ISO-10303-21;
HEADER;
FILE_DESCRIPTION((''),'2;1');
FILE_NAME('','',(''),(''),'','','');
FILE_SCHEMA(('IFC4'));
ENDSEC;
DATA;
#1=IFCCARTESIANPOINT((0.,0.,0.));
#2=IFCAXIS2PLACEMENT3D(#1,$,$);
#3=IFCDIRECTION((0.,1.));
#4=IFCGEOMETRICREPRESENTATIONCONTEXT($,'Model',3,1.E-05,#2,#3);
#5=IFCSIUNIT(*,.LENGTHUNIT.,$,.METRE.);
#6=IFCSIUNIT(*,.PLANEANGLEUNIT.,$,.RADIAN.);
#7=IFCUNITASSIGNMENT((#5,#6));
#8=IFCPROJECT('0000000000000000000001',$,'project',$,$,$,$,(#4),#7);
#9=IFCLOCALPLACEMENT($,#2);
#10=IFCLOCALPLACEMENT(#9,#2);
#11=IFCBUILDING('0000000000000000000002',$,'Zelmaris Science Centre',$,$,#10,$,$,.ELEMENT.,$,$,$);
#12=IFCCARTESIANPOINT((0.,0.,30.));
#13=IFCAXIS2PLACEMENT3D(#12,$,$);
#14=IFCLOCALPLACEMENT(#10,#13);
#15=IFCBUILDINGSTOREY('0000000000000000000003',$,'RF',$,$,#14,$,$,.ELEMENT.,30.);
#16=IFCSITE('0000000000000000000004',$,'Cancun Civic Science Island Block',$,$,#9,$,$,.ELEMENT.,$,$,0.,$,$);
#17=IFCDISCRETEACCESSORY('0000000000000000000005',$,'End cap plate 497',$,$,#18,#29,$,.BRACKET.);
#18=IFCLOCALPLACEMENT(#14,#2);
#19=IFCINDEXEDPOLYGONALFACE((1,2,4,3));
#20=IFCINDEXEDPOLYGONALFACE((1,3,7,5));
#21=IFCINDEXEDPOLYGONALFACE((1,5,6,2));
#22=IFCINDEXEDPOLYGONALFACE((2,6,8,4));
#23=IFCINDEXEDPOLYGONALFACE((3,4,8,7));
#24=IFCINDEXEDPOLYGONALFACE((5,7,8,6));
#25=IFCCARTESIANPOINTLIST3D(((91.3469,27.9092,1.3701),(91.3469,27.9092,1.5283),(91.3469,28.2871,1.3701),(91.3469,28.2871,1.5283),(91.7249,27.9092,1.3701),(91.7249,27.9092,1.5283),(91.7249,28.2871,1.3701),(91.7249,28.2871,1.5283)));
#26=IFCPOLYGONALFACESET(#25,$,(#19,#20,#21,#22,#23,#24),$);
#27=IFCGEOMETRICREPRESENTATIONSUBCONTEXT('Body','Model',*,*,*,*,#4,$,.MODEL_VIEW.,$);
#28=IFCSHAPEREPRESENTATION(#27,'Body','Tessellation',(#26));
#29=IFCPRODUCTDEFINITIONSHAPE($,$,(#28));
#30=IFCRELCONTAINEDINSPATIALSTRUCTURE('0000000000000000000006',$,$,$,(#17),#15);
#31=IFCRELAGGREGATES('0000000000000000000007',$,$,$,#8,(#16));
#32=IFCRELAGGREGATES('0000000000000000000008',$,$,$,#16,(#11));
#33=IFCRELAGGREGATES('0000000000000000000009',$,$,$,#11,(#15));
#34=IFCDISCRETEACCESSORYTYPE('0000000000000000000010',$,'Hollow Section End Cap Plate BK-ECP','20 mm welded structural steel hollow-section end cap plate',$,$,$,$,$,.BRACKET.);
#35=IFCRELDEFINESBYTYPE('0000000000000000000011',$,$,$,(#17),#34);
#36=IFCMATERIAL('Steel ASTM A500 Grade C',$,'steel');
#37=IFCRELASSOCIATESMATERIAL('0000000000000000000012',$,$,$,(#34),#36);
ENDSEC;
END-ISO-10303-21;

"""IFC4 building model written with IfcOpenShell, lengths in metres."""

from ifc_helpers import new_model, si_unit, direction, frame, origin, place, context, subcontext, project, spatial, polyline, outline, extrude, material, type_object, element, save


model = new_model("IFC4")

# Units and contexts
model_context = context("Model", 3, precision=1e-05, world=origin(), true_north=direction((0.0, 1.0)))
body_context = subcontext(model_context, "Body", "Model", "MODEL_VIEW")
ifc_project = project(units=[si_unit("LENGTHUNIT", "METRE"), si_unit("PLANEANGLEUNIT", "RADIAN")], contexts=[model_context])

# Site, building, storey
site_placement = place(None, origin())
site = spatial("IfcSite", under=ifc_project, at=site_placement, Name="Cancun Civic Science Island Block", CompositionType="ELEMENT", RefElevation=0.0)
building_placement = place(site_placement, origin())
building = spatial("IfcBuilding", under=site, at=building_placement, Name="Zelmaris Science Centre", CompositionType="ELEMENT")
storey_placement = place(building_placement, frame((0.0, 0.0, 30.0)))
storey = spatial("IfcBuildingStorey", under=building, at=storey_placement, Name="RF", CompositionType="ELEMENT", Elevation=30.0)

# Discrete accessory
ifc_material = material(Name="Steel ASTM A500 Grade C", Category="steel")
discrete_accessory_type = type_object("IfcDiscreteAccessoryType", Name="Hollow Section End Cap Plate BK-ECP", Description="20 mm welded structural steel hollow-section end cap plate", PredefinedType="BRACKET", material=ifc_material)
discrete_accessory_1_placement = place(storey_placement, frame((0.0, 0.0, 1.3701)))
element("IfcDiscreteAccessory", 1, at=discrete_accessory_1_placement, inside=storey, type_object=discrete_accessory_type, Name="End cap plate 497", PredefinedType="BRACKET", context=body_context, shape_type="SweptSolid", body=[
    extrude(outline(polyline([(91.3469, 27.9092), (91.7249, 27.9092), (91.7249, 28.2871), (91.3469, 28.2871), (91.3469, 27.9092)])), origin(), (0.0, 0.0, 1.0), 0.1582),
])

save(model, "model.ifc")
